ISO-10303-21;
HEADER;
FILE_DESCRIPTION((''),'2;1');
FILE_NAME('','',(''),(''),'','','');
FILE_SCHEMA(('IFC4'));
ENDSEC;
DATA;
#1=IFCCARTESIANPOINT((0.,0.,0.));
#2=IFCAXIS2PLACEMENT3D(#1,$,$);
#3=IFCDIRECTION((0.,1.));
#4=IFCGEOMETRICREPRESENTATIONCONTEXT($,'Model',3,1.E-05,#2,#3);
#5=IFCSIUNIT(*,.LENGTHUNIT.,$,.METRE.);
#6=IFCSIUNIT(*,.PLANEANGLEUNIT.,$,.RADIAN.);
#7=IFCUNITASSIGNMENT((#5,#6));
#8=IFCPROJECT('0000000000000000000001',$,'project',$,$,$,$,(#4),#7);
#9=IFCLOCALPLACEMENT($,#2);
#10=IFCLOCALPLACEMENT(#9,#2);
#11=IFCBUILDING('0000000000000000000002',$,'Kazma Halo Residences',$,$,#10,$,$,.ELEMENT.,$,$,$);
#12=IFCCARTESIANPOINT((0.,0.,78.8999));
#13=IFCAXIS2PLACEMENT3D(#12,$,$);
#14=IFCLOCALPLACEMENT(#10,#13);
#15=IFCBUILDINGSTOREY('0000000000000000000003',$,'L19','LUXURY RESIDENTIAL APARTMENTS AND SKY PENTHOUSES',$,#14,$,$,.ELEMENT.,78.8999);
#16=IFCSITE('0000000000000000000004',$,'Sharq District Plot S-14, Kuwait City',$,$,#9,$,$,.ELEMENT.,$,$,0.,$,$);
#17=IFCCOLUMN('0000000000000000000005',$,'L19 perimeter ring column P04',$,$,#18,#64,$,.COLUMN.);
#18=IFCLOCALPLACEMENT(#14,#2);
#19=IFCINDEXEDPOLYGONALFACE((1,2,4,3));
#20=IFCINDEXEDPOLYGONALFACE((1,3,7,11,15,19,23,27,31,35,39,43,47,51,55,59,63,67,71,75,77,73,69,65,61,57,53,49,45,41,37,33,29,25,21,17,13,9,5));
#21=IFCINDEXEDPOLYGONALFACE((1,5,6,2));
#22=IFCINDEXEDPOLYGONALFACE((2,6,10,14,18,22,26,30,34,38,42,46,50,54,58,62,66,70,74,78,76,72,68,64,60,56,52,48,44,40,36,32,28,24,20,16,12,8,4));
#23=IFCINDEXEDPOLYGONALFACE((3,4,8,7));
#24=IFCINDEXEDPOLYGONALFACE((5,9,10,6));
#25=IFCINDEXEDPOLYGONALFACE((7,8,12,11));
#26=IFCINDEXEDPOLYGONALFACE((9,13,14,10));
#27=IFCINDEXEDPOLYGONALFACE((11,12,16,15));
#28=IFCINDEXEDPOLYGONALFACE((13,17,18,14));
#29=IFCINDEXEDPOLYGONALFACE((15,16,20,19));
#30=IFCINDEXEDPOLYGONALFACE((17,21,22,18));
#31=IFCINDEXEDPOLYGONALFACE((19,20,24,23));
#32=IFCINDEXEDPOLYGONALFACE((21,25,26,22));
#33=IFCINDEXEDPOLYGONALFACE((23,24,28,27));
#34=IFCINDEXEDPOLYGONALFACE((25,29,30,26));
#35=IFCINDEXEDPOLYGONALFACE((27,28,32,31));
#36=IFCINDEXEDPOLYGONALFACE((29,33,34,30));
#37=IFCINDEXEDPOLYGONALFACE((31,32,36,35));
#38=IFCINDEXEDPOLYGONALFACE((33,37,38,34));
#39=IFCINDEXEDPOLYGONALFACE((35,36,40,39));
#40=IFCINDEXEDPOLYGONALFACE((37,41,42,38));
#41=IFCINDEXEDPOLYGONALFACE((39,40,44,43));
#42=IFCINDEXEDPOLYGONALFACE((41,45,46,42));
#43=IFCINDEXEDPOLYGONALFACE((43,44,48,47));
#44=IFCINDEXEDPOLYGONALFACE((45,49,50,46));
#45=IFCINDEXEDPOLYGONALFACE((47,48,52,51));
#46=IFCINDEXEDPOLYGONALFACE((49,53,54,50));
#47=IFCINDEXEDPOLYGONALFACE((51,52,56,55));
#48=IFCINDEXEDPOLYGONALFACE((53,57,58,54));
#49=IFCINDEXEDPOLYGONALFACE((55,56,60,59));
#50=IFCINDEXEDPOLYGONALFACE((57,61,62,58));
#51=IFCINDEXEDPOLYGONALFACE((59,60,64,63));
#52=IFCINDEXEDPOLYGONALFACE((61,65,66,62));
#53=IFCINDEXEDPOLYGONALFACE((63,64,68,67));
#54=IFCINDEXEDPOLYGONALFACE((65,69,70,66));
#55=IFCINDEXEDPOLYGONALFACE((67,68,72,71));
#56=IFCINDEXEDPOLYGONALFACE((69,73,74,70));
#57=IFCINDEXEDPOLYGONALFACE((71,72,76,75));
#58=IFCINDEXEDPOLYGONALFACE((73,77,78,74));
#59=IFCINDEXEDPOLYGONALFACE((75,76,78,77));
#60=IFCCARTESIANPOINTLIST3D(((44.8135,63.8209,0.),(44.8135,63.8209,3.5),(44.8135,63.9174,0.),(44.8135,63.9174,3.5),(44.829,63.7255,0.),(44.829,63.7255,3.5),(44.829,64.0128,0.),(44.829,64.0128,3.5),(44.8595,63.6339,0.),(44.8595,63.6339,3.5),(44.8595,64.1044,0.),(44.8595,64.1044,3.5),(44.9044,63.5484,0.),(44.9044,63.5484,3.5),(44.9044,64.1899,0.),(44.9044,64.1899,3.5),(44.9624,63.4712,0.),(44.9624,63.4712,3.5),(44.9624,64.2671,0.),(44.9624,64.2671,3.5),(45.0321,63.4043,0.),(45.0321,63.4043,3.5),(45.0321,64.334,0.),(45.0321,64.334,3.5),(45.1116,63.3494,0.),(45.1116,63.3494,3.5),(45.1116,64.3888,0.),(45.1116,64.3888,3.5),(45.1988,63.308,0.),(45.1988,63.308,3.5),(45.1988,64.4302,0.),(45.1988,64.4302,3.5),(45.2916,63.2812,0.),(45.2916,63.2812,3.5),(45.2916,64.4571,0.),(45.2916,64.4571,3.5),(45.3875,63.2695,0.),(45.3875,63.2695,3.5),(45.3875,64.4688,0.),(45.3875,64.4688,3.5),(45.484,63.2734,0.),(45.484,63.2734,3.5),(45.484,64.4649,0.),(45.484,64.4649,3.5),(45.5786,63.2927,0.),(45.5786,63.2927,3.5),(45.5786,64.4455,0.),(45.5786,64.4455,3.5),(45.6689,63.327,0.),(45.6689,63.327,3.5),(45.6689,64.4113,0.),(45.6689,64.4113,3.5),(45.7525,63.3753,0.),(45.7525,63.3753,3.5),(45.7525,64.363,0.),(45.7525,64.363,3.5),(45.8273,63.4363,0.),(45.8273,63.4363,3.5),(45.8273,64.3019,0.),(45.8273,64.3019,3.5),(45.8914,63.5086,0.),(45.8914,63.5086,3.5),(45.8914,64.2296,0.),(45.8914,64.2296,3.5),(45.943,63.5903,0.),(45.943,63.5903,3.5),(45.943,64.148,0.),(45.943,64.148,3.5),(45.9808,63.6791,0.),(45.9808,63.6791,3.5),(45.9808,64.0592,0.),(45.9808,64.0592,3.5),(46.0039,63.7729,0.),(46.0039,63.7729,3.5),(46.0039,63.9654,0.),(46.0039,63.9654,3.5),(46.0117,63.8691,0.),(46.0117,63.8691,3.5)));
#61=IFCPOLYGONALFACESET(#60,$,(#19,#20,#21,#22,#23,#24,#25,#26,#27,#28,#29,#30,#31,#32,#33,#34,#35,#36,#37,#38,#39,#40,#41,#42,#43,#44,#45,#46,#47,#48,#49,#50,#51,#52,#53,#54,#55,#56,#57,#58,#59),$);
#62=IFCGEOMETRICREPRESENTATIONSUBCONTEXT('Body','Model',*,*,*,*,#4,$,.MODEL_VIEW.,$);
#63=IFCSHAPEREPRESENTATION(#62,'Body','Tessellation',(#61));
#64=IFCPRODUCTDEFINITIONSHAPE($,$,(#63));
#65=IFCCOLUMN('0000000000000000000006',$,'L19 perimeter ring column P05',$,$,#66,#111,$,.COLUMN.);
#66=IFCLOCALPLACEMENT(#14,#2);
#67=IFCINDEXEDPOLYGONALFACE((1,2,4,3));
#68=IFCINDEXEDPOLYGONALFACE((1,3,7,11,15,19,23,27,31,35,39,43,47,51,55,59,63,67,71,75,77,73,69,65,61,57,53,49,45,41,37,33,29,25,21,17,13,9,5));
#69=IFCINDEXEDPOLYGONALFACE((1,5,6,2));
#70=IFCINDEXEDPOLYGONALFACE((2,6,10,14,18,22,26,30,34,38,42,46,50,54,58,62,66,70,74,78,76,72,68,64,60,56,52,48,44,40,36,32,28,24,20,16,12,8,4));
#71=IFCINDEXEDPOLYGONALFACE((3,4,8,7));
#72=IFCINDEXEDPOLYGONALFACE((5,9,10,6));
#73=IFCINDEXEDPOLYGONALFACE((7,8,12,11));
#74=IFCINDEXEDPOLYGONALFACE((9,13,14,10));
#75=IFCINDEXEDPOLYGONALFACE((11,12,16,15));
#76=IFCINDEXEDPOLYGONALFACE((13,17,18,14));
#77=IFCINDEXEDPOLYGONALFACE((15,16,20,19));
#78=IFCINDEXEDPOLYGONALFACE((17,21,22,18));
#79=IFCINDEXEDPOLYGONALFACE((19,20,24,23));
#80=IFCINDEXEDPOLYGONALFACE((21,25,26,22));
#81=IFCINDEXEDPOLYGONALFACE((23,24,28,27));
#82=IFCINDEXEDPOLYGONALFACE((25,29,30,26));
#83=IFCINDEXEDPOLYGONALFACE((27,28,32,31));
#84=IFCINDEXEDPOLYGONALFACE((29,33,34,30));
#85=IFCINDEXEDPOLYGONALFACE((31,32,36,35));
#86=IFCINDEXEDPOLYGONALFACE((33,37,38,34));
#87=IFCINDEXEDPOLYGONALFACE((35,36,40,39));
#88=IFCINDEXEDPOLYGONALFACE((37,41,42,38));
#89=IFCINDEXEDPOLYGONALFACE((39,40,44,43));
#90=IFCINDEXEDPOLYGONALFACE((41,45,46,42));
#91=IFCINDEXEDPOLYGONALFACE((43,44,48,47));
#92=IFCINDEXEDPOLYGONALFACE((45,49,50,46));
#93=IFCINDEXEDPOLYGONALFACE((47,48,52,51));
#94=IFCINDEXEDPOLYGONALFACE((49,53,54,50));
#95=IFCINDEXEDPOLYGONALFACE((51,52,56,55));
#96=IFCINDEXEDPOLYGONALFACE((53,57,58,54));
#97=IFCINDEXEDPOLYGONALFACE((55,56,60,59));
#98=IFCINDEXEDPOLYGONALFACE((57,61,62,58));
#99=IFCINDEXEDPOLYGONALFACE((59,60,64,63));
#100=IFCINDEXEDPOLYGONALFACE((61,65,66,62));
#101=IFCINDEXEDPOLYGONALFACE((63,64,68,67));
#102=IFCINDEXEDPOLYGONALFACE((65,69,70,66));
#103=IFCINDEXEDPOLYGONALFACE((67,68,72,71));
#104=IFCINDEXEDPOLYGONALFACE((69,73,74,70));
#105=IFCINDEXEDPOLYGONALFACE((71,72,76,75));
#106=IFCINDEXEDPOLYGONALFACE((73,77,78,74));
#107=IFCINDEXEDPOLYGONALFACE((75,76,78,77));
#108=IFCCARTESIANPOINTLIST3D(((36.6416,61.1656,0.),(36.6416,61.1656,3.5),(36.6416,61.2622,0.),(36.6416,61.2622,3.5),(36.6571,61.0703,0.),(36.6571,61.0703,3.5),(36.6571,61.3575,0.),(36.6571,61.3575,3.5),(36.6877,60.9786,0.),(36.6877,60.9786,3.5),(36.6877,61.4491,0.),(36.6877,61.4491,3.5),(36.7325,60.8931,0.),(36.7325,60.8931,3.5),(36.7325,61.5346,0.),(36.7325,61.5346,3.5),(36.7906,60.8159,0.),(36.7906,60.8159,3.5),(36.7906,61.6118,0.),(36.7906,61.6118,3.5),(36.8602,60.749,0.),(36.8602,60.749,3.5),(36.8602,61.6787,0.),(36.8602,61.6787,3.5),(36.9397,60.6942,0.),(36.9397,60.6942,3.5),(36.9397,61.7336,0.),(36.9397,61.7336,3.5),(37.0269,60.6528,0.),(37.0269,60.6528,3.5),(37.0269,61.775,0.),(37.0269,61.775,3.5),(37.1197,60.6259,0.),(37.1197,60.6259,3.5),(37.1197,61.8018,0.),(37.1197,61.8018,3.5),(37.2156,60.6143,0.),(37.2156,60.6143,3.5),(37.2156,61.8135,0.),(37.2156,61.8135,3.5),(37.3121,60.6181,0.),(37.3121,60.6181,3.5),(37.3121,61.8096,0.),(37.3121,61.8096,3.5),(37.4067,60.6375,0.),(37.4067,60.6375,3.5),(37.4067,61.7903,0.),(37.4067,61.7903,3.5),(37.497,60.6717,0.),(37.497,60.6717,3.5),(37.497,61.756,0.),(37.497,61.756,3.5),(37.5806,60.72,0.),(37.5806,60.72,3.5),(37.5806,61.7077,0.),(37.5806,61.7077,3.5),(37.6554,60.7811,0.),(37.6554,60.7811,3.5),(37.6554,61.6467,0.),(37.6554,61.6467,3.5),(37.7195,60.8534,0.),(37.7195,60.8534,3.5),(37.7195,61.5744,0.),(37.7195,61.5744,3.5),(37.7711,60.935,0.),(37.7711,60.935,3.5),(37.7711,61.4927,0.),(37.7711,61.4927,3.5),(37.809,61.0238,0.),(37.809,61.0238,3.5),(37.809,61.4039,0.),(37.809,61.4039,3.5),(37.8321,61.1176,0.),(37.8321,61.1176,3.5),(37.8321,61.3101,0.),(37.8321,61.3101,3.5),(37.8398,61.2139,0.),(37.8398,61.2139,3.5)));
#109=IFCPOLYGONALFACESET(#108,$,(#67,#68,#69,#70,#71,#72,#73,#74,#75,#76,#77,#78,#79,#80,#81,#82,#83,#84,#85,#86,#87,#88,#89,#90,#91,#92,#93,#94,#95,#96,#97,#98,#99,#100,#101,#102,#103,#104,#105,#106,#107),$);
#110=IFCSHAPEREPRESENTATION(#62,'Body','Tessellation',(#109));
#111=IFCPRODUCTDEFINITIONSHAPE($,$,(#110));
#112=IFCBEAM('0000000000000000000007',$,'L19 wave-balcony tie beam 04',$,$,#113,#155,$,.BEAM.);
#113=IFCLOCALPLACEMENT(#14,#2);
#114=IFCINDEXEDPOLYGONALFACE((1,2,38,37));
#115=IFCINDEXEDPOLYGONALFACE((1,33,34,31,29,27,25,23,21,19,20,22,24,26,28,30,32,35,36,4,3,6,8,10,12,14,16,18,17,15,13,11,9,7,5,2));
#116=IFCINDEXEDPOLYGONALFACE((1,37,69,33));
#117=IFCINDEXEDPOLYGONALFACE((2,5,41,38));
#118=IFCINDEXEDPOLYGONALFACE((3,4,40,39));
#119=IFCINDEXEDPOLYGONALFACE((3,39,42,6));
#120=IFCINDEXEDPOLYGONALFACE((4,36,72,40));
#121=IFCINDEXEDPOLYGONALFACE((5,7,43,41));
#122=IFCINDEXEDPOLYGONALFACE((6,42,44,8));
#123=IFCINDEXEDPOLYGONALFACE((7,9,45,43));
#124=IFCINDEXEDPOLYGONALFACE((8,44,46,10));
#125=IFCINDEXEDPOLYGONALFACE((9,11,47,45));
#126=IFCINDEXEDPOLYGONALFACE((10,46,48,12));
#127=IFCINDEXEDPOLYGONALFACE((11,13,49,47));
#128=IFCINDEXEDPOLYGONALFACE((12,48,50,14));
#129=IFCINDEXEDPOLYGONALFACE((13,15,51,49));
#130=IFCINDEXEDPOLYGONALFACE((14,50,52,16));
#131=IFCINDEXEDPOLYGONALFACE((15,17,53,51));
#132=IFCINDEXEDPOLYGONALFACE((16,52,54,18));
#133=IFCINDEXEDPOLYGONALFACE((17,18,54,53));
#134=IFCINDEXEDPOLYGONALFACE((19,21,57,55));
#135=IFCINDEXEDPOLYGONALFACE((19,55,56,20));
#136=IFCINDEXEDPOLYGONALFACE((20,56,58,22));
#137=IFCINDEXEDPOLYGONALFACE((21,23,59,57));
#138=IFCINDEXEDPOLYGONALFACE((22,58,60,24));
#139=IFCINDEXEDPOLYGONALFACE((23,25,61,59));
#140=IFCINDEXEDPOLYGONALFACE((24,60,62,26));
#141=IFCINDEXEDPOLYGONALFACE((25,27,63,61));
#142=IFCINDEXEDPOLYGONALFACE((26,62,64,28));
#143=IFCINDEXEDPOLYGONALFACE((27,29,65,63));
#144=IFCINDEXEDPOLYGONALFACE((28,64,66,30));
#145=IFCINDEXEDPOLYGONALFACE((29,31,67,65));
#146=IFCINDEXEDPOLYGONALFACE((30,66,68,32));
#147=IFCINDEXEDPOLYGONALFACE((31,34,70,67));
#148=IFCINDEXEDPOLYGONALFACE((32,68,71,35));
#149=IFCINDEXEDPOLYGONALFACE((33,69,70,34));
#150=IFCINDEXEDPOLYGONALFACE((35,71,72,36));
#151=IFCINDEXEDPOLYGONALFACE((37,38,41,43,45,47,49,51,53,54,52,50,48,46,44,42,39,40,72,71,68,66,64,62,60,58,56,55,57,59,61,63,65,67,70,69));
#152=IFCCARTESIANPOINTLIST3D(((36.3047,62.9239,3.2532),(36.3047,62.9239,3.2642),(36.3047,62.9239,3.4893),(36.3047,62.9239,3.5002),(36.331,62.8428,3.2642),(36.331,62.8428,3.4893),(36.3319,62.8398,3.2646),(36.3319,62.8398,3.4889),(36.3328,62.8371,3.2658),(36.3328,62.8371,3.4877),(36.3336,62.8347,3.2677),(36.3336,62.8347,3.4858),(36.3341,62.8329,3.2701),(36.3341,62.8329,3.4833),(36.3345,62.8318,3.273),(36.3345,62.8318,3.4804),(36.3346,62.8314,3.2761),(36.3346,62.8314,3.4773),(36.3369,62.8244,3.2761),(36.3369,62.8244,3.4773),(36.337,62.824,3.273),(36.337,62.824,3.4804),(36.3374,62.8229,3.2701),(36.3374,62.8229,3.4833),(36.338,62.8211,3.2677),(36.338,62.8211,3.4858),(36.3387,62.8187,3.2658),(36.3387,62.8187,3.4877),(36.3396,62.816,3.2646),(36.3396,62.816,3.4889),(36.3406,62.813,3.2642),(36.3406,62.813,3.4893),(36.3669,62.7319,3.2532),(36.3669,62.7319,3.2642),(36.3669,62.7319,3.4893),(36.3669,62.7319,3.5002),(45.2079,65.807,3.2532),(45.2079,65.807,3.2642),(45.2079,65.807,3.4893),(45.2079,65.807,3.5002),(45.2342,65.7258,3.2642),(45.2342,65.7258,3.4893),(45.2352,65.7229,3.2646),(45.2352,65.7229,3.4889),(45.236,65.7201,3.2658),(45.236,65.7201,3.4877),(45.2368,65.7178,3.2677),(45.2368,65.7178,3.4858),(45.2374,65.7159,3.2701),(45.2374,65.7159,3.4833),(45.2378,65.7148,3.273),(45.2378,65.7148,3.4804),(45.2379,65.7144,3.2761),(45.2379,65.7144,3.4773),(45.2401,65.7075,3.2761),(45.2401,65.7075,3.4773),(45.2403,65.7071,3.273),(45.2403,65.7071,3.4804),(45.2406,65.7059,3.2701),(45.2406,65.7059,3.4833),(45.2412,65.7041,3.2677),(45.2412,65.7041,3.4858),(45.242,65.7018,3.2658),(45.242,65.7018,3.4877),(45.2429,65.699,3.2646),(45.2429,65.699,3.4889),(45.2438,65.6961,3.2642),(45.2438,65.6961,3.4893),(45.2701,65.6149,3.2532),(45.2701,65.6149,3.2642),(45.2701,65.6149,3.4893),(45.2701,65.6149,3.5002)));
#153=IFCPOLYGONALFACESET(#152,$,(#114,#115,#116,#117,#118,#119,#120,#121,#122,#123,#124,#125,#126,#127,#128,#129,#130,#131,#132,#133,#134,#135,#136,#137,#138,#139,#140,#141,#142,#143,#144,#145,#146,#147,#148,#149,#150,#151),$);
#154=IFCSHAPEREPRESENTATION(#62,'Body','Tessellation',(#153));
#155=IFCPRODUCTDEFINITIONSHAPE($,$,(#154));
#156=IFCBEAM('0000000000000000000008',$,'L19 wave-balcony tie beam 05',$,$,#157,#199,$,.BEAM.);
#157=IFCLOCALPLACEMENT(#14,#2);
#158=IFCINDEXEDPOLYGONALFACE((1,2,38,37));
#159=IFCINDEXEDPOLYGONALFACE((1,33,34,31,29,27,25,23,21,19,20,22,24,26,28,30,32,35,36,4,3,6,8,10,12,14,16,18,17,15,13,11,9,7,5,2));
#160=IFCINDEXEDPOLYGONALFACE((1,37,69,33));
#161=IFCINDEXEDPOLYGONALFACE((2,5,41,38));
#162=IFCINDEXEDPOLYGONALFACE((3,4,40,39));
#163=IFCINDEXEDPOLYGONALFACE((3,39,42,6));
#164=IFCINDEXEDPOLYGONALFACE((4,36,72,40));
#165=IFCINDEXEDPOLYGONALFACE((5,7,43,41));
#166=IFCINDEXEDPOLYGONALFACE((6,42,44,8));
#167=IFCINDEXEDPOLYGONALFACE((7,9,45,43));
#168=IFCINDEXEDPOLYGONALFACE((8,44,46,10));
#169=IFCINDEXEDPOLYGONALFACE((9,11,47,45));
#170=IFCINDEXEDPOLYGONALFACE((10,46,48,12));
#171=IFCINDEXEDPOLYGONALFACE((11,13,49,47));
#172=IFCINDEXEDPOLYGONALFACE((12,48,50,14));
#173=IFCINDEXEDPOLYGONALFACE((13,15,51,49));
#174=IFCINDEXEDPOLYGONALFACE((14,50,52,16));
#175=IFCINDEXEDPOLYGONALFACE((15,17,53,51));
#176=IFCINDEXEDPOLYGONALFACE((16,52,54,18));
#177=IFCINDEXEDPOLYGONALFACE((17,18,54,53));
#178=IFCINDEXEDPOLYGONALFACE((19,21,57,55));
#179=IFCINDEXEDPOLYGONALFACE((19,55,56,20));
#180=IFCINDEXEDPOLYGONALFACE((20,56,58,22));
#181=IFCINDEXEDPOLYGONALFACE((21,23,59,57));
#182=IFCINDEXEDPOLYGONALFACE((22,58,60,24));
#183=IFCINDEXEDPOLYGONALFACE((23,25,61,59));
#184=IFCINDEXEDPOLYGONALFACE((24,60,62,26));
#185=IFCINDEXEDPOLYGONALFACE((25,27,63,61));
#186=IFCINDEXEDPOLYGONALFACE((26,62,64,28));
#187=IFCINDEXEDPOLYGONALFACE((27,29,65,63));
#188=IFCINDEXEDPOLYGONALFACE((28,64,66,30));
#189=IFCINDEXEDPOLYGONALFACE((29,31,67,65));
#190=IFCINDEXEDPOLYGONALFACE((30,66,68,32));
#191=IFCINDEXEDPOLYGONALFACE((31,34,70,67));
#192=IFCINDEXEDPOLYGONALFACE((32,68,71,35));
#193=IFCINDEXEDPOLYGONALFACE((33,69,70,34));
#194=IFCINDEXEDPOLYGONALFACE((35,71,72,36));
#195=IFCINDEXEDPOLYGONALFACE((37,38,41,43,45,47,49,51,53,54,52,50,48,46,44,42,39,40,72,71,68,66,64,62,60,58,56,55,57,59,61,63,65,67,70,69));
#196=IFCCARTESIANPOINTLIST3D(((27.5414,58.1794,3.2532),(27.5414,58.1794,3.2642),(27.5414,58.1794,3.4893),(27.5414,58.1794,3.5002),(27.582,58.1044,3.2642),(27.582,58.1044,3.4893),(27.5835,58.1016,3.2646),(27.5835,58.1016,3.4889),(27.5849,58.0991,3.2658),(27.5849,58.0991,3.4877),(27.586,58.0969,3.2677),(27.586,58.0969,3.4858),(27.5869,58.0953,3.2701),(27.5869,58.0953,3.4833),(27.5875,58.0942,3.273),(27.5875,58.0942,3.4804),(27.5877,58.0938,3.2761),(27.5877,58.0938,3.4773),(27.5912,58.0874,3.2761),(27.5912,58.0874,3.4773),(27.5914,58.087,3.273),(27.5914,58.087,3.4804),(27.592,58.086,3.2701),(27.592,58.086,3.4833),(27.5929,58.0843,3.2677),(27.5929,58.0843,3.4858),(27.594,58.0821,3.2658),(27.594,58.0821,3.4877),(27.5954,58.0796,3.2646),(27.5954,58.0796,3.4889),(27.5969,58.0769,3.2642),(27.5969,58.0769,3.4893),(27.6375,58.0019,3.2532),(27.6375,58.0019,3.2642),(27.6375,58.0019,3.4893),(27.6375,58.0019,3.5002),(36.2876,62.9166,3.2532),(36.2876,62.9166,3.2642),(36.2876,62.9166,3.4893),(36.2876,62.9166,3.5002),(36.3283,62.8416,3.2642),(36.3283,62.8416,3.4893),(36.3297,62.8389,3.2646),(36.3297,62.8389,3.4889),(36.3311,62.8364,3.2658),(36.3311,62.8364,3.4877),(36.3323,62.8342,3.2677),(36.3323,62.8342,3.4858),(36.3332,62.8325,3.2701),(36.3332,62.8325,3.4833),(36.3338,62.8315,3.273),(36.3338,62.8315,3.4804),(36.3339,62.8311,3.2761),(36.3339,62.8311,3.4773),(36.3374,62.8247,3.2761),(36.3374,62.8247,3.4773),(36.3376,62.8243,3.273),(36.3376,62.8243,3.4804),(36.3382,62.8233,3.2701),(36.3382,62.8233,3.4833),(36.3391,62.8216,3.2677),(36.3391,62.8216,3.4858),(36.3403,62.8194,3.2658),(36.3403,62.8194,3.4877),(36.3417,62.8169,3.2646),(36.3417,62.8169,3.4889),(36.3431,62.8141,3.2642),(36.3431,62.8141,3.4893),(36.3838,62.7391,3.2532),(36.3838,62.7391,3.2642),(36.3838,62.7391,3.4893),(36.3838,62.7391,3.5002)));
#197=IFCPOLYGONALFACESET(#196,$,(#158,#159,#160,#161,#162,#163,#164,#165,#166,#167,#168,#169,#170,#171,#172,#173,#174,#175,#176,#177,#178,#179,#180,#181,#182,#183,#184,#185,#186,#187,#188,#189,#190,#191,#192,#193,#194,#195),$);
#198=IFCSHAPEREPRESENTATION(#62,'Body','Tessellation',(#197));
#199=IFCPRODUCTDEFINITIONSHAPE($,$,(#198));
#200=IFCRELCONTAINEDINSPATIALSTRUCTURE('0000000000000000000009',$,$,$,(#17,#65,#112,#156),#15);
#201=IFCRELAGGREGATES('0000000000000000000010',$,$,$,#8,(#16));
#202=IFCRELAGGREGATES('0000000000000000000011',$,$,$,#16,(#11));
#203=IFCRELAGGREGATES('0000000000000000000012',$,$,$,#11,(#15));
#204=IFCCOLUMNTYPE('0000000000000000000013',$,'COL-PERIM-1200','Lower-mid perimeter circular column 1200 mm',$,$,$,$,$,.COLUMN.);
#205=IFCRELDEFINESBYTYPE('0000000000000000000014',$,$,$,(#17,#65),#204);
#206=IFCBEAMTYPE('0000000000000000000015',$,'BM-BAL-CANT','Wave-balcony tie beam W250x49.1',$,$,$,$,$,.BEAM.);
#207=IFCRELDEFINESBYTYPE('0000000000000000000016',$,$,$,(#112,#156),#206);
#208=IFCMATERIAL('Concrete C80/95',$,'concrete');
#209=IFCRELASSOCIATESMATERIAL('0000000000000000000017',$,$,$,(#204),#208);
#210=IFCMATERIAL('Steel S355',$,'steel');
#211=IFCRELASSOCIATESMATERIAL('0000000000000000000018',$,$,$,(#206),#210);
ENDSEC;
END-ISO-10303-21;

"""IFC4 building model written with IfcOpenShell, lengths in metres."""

from ifc_helpers import new_model, si_unit, direction, frame, origin, origin_2d, place, context, subcontext, project, spatial, circle, i_section, extrude, material, material_profile, profile_set, type_object, element, save


model = new_model("IFC4")

# Units and contexts
model_context = context("Model", 3, precision=1e-05, world=origin(), true_north=direction((0.0, 1.0)))
body_context = subcontext(model_context, "Body", "Model", "MODEL_VIEW")
ifc_project = project(units=[si_unit("LENGTHUNIT", "METRE"), si_unit("PLANEANGLEUNIT", "RADIAN")], contexts=[model_context])

# Site, building, storey
site_placement = place(None, origin())
site = spatial("IfcSite", under=ifc_project, at=site_placement, Name="Sharq District Plot S-14, Kuwait City", CompositionType="ELEMENT", RefElevation=0.0)
building_placement = place(site_placement, origin())
building = spatial("IfcBuilding", under=site, at=building_placement, Name="Kazma Halo Residences", CompositionType="ELEMENT")
storey_placement = place(building_placement, frame((0.0, 0.0, 78.8999)))
storey = spatial("IfcBuildingStorey", under=building, at=storey_placement, Name="L19", Description="LUXURY RESIDENTIAL APARTMENTS AND SKY PENTHOUSES", CompositionType="ELEMENT", Elevation=78.8999)

# Columns
ifc_material_1 = material(Name="Concrete C80/95", Category="concrete")
ifc_material_profile_1 = material_profile(ifc_material_1, circle(Radius=0.6001, at=origin_2d()), Name="CIRC1200")
ifc_profile_set_1 = profile_set([ifc_material_profile_1], Name="Concrete C80/95")
column_type = type_object("IfcColumnType", Name="COL-PERIM-1200", Description="Lower-mid perimeter circular column 1200 mm", PredefinedType="COLUMN", material=ifc_profile_set_1)
for number, where, z_axis, x_axis, name in (
    (1, (45.4116, 63.8691, 0.0), (0.0, 0.0, 1.0), (1.0, 0.0, 0.0), "L19 perimeter ring column P04"),
    (2, (37.2397, 61.2139, 0.0), (0.0, 0.0, 1.0), (1.0, 0.0, 0.0), "L19 perimeter ring column P05"),
):
    element("IfcColumn", number, at=place(storey_placement, frame(where, z_axis=z_axis, x_axis=x_axis)), inside=storey, type_object=column_type, Name=name, PredefinedType="COLUMN", context=body_context, shape_type="SweptSolid", body=[
        extrude(circle(Radius=0.6001, at=origin_2d()), origin(), (0.0, 0.0, 1.0), 3.5),
    ])

# Beams
ifc_material_2 = material(Name="Steel S355", Category="steel")
ifc_material_profile_2 = material_profile(ifc_material_2, i_section(OverallWidth=0.2019, OverallDepth=0.2471, WebThickness=0.0073, FlangeThickness=0.011, FilletRadius=0.012, at=origin_2d()), Name="W250x49.1")
ifc_profile_set_2 = profile_set([ifc_material_profile_2], Name="Steel S355")
beam_type_1 = type_object("IfcBeamType", Name="BM-BAL-CANT", Description="Wave-balcony tie beam W250x49.1", PredefinedType="BEAM", material=ifc_profile_set_2)
beam_1_placement = place(storey_placement, frame((45.239, 65.7109, 3.3767), z_axis=(-0.951364, -0.308069, 0.0), x_axis=(0.308069, -0.951364, 0.0)))
element("IfcBeam", 3, at=beam_1_placement, inside=storey, type_object=beam_type_1, Name="L19 wave-balcony tie beam 04", PredefinedType="BEAM", context=body_context, shape_type="SweptSolid", body=[
    extrude(i_section(OverallWidth=0.2019, OverallDepth=0.2471, WebThickness=0.0073, FlangeThickness=0.011, FilletRadius=0.012, at=origin_2d()), origin(), (0.0, 0.0, 1.0), 9.3584),
])
beam_2_placement = place(storey_placement, frame((36.3357, 62.8279, 3.3767), z_axis=(-0.879304, -0.47626, 0.0), x_axis=(0.47626, -0.879304, 0.0)))
element("IfcBeam", 4, at=beam_2_placement, inside=storey, type_object=beam_type_1, Name="L19 wave-balcony tie beam 05", PredefinedType="BEAM", context=body_context, shape_type="SweptSolid", body=[
    extrude(i_section(OverallWidth=0.2019, OverallDepth=0.2471, WebThickness=0.0073, FlangeThickness=0.011, FilletRadius=0.012, at=origin_2d()), origin(), (0.0, 0.0, 1.0), 9.9468),
])

save(model, "model.ifc")
